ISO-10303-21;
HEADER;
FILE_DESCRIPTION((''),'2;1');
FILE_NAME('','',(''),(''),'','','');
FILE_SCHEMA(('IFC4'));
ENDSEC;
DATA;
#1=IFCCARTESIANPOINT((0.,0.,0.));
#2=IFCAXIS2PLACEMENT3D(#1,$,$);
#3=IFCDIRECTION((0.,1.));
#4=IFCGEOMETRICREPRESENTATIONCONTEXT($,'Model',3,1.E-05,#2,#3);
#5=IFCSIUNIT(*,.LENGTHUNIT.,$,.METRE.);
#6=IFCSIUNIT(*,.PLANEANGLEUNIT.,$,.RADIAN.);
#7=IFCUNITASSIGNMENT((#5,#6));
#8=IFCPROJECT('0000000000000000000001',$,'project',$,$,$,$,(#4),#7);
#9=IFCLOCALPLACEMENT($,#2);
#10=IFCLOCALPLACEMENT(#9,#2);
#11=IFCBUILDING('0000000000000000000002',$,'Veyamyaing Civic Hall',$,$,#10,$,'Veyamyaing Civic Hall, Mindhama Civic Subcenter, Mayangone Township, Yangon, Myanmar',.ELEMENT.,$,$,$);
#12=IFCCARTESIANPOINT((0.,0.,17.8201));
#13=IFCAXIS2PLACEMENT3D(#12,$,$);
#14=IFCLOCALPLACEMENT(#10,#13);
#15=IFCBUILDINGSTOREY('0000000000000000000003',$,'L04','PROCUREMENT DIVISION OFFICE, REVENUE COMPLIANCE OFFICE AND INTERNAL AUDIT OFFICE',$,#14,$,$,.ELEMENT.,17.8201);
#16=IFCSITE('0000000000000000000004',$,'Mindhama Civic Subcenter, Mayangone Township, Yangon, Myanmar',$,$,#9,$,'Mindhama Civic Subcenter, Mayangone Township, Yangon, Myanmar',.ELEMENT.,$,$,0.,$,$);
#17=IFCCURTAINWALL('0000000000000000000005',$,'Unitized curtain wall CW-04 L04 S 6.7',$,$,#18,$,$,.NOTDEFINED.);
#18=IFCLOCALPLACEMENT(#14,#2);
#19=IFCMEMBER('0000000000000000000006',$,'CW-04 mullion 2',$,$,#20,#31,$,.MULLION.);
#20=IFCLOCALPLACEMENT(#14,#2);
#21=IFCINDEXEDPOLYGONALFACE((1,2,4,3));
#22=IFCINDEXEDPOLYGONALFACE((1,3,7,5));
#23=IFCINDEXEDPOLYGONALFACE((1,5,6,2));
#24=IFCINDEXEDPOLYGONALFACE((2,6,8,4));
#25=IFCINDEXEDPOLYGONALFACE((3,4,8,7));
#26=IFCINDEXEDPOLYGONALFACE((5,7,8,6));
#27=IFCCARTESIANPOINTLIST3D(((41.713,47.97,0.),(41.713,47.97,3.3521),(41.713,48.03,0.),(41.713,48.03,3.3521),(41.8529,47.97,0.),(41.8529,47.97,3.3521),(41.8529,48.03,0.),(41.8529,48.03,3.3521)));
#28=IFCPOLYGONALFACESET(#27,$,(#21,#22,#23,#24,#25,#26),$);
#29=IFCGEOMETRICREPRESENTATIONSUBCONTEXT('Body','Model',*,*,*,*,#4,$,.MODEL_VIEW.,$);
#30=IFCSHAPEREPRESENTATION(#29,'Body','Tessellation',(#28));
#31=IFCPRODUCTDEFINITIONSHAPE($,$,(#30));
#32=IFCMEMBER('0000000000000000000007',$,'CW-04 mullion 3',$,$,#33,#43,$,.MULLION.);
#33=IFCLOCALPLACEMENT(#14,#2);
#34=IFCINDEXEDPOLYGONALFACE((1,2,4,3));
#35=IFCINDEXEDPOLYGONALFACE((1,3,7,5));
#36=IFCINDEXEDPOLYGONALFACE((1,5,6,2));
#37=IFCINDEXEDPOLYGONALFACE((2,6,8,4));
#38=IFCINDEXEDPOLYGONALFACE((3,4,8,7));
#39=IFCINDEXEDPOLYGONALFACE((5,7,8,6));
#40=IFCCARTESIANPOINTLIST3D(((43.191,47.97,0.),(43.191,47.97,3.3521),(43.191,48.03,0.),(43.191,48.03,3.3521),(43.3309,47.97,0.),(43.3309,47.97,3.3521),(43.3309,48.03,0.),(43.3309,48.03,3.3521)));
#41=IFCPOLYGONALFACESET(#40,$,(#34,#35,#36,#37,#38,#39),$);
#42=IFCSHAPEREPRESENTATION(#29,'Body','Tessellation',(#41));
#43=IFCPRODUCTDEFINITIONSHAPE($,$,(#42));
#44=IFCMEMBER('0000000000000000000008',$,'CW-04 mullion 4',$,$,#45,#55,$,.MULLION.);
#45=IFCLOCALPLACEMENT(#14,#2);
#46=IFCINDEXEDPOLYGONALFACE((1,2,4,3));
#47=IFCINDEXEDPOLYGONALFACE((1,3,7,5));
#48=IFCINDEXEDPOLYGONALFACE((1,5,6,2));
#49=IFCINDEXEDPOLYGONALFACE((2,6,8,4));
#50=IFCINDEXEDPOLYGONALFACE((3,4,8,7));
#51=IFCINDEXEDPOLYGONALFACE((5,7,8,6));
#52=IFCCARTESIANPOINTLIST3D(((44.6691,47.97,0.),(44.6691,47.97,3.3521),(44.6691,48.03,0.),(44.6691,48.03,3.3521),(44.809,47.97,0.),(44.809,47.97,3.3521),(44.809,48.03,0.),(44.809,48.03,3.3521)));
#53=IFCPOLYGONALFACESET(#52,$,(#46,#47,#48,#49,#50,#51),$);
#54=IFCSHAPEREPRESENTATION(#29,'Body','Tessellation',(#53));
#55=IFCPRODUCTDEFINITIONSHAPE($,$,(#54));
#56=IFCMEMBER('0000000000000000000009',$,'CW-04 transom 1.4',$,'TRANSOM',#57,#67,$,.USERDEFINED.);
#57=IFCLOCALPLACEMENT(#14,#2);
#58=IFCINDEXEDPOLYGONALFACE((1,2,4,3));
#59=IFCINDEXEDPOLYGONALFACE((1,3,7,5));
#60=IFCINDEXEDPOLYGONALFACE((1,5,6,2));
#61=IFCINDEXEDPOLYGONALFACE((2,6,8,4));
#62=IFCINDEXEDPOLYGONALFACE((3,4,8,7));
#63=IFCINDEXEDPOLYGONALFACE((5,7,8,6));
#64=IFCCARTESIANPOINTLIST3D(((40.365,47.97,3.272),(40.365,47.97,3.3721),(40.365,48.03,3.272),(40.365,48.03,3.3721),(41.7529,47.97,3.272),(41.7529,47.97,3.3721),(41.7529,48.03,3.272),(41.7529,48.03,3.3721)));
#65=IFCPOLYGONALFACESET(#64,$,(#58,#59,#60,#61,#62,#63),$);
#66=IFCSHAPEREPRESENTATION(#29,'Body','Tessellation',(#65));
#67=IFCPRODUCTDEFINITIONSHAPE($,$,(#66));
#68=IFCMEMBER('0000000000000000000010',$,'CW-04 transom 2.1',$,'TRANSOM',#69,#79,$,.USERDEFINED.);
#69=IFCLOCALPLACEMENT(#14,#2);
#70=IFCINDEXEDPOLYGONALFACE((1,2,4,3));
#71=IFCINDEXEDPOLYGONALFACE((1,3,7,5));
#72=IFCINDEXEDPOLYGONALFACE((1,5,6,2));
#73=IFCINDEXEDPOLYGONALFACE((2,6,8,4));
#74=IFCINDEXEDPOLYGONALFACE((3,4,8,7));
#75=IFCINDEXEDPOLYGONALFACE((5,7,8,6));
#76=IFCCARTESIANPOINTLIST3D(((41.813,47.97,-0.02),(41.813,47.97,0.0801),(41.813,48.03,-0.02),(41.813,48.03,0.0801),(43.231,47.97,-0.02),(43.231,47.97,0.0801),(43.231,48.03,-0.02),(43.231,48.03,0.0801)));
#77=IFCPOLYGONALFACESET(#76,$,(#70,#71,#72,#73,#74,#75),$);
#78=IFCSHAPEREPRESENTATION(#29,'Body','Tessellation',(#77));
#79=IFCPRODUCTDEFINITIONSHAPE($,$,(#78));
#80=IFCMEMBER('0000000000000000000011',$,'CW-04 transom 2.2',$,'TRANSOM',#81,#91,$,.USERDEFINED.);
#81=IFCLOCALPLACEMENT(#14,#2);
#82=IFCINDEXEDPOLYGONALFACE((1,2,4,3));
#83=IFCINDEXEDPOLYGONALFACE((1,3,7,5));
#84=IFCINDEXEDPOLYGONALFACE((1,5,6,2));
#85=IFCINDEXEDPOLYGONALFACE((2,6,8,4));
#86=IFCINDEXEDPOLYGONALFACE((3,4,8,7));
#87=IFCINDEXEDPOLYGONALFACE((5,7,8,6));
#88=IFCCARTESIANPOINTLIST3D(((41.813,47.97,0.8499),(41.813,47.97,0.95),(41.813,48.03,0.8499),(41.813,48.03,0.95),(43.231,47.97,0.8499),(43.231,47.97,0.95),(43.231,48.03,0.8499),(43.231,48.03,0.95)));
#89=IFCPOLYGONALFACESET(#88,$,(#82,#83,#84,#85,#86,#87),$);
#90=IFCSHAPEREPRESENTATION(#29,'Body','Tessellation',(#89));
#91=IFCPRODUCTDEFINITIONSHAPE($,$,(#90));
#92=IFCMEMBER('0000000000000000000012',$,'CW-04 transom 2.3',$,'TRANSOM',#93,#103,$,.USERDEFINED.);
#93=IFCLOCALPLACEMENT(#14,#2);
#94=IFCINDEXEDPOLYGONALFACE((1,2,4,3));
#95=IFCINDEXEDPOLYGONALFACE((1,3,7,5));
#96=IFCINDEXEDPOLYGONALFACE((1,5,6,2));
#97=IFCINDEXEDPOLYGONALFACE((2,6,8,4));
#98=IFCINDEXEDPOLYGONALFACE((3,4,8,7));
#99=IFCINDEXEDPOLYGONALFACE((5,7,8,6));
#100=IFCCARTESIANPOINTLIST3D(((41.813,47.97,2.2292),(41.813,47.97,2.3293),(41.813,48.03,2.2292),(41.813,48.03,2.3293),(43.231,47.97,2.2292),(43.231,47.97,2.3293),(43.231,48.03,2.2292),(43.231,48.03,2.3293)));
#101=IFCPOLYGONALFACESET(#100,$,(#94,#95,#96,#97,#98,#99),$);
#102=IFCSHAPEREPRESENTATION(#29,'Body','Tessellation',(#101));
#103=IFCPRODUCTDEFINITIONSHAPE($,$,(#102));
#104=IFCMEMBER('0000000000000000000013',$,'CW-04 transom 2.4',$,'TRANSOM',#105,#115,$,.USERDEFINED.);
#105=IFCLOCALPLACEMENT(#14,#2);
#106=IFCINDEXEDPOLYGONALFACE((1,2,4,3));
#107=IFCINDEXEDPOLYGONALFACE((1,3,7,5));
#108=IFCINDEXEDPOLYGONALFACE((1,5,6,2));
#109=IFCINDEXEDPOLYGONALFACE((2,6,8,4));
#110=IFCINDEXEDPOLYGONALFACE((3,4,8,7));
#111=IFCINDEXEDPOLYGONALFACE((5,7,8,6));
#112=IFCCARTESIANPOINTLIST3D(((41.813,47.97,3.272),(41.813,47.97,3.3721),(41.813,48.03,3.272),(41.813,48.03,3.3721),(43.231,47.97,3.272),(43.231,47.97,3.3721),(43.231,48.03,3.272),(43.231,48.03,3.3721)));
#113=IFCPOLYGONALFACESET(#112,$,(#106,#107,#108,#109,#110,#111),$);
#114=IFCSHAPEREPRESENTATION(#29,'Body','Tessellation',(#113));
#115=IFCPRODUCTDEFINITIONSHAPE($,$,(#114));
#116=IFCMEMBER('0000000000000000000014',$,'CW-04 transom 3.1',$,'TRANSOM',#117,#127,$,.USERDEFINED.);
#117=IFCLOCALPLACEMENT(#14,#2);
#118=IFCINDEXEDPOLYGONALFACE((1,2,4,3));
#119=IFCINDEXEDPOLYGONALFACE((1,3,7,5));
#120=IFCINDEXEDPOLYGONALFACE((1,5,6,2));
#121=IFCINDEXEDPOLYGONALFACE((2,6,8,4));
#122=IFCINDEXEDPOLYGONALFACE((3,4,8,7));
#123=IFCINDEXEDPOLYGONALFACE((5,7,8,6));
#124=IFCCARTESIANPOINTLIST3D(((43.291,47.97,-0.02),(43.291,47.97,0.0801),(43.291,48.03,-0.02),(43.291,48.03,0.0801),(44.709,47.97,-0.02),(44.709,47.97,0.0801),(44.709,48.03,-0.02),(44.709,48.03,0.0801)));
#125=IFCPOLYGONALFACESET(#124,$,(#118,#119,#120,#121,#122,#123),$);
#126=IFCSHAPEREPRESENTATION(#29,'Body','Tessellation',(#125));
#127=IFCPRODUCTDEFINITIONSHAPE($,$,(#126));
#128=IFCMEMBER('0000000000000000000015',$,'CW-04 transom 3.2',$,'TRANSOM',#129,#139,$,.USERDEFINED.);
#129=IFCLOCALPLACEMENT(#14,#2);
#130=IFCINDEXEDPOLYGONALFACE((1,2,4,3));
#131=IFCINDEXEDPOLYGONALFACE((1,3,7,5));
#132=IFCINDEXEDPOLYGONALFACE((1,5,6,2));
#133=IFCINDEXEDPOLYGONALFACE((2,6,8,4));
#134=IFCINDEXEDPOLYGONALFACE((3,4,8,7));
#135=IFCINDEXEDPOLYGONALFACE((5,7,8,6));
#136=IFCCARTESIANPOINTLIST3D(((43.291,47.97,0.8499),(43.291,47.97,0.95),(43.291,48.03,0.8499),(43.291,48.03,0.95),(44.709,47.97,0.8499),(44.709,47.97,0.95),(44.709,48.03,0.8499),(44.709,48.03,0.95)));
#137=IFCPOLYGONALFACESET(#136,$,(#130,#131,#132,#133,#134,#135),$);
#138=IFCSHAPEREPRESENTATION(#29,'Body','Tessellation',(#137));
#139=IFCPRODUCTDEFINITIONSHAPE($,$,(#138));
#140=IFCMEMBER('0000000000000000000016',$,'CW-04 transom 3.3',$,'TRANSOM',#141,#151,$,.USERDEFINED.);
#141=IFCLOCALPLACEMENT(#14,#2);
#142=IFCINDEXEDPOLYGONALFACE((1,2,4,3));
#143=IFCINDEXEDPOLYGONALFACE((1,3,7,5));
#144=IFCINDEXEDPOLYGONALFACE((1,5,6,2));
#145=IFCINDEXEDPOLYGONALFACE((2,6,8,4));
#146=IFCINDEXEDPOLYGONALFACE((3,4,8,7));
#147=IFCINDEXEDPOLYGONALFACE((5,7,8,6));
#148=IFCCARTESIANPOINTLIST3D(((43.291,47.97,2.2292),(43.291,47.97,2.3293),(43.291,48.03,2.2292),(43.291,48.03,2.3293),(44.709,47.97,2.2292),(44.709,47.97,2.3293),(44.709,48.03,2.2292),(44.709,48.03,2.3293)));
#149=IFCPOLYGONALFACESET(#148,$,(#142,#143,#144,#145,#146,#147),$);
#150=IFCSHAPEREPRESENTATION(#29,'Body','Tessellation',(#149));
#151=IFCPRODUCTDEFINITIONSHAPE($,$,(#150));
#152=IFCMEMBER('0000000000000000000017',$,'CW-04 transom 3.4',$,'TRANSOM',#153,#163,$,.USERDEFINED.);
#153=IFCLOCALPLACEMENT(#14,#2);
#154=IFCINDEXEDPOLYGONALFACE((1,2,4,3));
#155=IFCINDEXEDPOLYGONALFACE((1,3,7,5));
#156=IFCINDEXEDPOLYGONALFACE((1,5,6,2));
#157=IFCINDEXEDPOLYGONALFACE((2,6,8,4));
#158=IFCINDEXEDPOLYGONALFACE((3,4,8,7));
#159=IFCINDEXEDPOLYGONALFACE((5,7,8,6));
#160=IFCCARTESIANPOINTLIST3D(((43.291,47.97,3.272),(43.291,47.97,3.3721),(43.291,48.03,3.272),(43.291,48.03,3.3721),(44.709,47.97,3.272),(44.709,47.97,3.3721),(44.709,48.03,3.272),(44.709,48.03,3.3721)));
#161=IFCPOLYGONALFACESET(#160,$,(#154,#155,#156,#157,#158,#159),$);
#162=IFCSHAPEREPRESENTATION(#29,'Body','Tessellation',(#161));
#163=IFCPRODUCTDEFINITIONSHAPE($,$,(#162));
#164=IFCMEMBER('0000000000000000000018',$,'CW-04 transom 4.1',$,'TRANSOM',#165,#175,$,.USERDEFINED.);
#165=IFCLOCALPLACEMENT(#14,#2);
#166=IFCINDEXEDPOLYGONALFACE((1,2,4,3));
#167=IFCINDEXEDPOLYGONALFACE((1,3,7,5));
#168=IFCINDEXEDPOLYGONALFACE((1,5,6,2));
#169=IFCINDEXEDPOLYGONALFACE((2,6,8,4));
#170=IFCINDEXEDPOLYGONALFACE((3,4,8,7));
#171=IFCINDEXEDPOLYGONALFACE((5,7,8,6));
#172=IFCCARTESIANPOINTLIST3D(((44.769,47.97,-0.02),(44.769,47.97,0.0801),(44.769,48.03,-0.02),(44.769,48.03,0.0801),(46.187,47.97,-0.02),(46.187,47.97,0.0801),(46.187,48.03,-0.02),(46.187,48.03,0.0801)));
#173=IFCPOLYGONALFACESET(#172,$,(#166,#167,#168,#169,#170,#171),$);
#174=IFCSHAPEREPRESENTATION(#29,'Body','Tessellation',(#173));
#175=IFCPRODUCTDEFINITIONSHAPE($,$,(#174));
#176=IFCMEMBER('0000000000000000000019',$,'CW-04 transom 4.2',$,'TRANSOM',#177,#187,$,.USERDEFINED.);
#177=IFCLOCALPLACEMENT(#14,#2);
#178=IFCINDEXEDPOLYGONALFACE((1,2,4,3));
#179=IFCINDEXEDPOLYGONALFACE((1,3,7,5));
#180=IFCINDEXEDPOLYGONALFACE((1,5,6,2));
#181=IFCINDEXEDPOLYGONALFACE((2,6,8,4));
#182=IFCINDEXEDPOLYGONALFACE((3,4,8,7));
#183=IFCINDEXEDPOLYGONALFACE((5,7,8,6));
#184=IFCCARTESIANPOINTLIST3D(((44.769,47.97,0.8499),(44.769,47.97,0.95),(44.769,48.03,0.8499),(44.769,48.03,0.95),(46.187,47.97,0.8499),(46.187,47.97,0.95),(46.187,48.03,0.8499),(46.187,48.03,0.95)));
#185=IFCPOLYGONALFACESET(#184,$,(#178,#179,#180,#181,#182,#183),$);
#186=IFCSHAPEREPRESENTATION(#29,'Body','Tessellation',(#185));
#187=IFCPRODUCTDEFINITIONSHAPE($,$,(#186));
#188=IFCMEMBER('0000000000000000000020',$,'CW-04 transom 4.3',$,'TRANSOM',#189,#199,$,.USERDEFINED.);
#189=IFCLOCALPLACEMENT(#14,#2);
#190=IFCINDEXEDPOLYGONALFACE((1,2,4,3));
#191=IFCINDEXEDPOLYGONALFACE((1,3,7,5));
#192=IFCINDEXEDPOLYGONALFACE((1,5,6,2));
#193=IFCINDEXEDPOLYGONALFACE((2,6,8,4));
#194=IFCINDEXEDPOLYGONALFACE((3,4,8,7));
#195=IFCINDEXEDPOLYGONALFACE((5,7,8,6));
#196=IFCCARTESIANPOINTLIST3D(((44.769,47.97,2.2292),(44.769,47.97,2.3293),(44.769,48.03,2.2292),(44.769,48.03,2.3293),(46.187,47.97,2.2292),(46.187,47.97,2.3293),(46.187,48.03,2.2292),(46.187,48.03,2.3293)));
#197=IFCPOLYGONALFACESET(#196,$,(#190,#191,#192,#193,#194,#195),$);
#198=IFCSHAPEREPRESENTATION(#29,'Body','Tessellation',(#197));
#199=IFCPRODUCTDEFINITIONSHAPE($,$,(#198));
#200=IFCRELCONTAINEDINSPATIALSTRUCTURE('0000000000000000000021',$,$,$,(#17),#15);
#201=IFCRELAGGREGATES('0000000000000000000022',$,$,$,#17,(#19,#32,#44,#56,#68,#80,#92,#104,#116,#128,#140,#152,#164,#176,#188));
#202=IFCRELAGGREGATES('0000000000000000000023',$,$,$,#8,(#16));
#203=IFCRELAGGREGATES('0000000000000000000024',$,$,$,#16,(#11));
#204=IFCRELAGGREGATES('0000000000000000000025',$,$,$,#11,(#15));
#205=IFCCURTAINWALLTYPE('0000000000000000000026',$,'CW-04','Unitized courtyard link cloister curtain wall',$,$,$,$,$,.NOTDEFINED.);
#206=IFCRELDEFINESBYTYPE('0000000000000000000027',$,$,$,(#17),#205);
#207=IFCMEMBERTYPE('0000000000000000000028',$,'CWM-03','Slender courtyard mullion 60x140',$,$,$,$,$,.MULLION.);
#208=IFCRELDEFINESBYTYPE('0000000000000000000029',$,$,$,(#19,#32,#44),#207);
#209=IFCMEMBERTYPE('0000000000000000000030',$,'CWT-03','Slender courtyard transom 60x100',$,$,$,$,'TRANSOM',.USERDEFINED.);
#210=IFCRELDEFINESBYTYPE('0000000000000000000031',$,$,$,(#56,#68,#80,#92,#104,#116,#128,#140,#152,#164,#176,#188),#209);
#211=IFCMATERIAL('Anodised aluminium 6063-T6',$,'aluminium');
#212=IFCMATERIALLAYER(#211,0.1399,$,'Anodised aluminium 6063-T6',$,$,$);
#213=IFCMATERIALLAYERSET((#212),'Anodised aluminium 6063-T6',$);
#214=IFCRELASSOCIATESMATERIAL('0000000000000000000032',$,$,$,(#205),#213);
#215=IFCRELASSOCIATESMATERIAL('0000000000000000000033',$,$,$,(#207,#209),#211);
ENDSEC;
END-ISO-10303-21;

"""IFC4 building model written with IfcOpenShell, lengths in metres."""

from ifc_helpers import new_model, si_unit, direction, frame, origin, origin_2d, place, context, subcontext, project, spatial, rectangle, extrude, material, layer, layer_set, material_profile, profile_set, type_object, element, aggregate, save


model = new_model("IFC4")

# Units and contexts
model_context = context("Model", 3, precision=1e-05, world=origin(), true_north=direction((0.0, 1.0)))
body_context = subcontext(model_context, "Body", "Model", "MODEL_VIEW")
ifc_project = project(units=[si_unit("LENGTHUNIT", "METRE"), si_unit("PLANEANGLEUNIT", "RADIAN")], contexts=[model_context])

# Site, building, storey
site_placement = place(None, origin())
site = spatial("IfcSite", under=ifc_project, at=site_placement, Name="Mindhama Civic Subcenter, Mayangone Township, Yangon, Myanmar", LongName="Mindhama Civic Subcenter, Mayangone Township, Yangon, Myanmar", CompositionType="ELEMENT", RefElevation=0.0)
building_placement = place(site_placement, origin())
building = spatial("IfcBuilding", under=site, at=building_placement, Name="Veyamyaing Civic Hall", LongName="Veyamyaing Civic Hall, Mindhama Civic Subcenter, Mayangone Township, Yangon, Myanmar", CompositionType="ELEMENT")
storey_placement = place(building_placement, frame((0.0, 0.0, 17.8201)))
storey = spatial("IfcBuildingStorey", under=building, at=storey_placement, Name="L04", Description="PROCUREMENT DIVISION OFFICE, REVENUE COMPLIANCE OFFICE AND INTERNAL AUDIT OFFICE", CompositionType="ELEMENT", Elevation=17.8201)

# Curtain wall, members
ifc_material_1 = material(Name="Anodised aluminium 6063-T6", Category="aluminium")
ifc_layer_1 = layer(ifc_material_1, 0.1399, Name="Anodised aluminium 6063-T6")
ifc_layer_set_1 = layer_set([ifc_layer_1], Name="Anodised aluminium 6063-T6")
curtain_wall_type = type_object("IfcCurtainWallType", Name="CW-04", Description="Unitized courtyard link cloister curtain wall", PredefinedType="NOTDEFINED", material=ifc_layer_set_1)
curtain_wall_placement = place(storey_placement, origin())
curtain_wall = element("IfcCurtainWall", 1, at=curtain_wall_placement, inside=storey, type_object=curtain_wall_type, Name="Unitized curtain wall CW-04 L04 S 6.7", PredefinedType="NOTDEFINED")
ifc_material_profile_1 = material_profile(ifc_material_1, rectangle(XDim=0.0601, YDim=0.1399, at=origin_2d()), Name="ALU-MUL-60X140")
ifc_profile_set_1 = profile_set([ifc_material_profile_1], Name="Anodised aluminium 6063-T6")
member_type_1 = type_object("IfcMemberType", Name="CWM-03", Description="Slender courtyard mullion 60x140", PredefinedType="MULLION", material=ifc_profile_set_1)
member_1_placement = place(storey_placement, frame((41.783, 48.0, 0.0), z_axis=(0.0, 0.0, 1.0), x_axis=(0.0, 1.0, 0.0)))
member_1 = element("IfcMember", 2, at=member_1_placement, type_object=member_type_1, Name="CW-04 mullion 2", PredefinedType="MULLION", context=body_context, shape_type="SweptSolid", body=[
    extrude(rectangle(XDim=0.0601, YDim=0.1399, at=origin_2d()), origin(), (0.0, 0.0, 1.0), 3.3521),
])
member_2_placement = place(storey_placement, frame((43.261, 48.0, 0.0), z_axis=(0.0, 0.0, 1.0), x_axis=(0.0, 1.0, 0.0)))
member_2 = element("IfcMember", 3, at=member_2_placement, type_object=member_type_1, Name="CW-04 mullion 3", PredefinedType="MULLION", context=body_context, shape_type="SweptSolid", body=[
    extrude(rectangle(XDim=0.0601, YDim=0.1399, at=origin_2d()), origin(), (0.0, 0.0, 1.0), 3.3521),
])
member_3_placement = place(storey_placement, frame((44.739, 48.0, 0.0), z_axis=(0.0, 0.0, 1.0), x_axis=(0.0, 1.0, 0.0)))
member_3 = element("IfcMember", 4, at=member_3_placement, type_object=member_type_1, Name="CW-04 mullion 4", PredefinedType="MULLION", context=body_context, shape_type="SweptSolid", body=[
    extrude(rectangle(XDim=0.0601, YDim=0.1399, at=origin_2d()), origin(), (0.0, 0.0, 1.0), 3.3521),
])
ifc_material_profile_2 = material_profile(ifc_material_1, rectangle(XDim=0.0601, YDim=0.1001, at=origin_2d()), Name="ALU-TRN-60X100")
ifc_profile_set_2 = profile_set([ifc_material_profile_2], Name="Anodised aluminium 6063-T6")
member_type_2 = type_object("IfcMemberType", Name="CWT-03", Description="Slender courtyard transom 60x100", ElementType="TRANSOM", PredefinedType="USERDEFINED", material=ifc_profile_set_2)
member_4_placement = place(storey_placement, frame((40.365, 48.0, 3.322), z_axis=(1.0, 0.0, 0.0), x_axis=(0.0, 1.0, 0.0)))
member_4 = element("IfcMember", 5, at=member_4_placement, type_object=member_type_2, Name="CW-04 transom 1.4", ObjectType="TRANSOM", PredefinedType="USERDEFINED", context=body_context, shape_type="SweptSolid", body=[
    extrude(rectangle(XDim=0.0601, YDim=0.1001, at=origin_2d()), origin(), (0.0, 0.0, 1.0), 1.3879),
])
member_5_placement = place(storey_placement, frame((41.813, 48.0, 0.03), z_axis=(1.0, 0.0, 0.0), x_axis=(0.0, 1.0, 0.0)))
member_5 = element("IfcMember", 6, at=member_5_placement, type_object=member_type_2, Name="CW-04 transom 2.1", ObjectType="TRANSOM", PredefinedType="USERDEFINED", context=body_context, shape_type="SweptSolid", body=[
    extrude(rectangle(XDim=0.0601, YDim=0.1001, at=origin_2d()), origin(), (0.0, 0.0, 1.0), 1.418),
])
member_6_placement = place(storey_placement, frame((41.813, 48.0, 0.8999), z_axis=(1.0, 0.0, 0.0), x_axis=(0.0, 1.0, 0.0)))
member_6 = element("IfcMember", 7, at=member_6_placement, type_object=member_type_2, Name="CW-04 transom 2.2", ObjectType="TRANSOM", PredefinedType="USERDEFINED", context=body_context, shape_type="SweptSolid", body=[
    extrude(rectangle(XDim=0.0601, YDim=0.1001, at=origin_2d()), origin(), (0.0, 0.0, 1.0), 1.418),
])
member_7_placement = place(storey_placement, frame((41.813, 48.0, 2.2793), z_axis=(1.0, 0.0, 0.0), x_axis=(0.0, 1.0, 0.0)))
member_7 = element("IfcMember", 8, at=member_7_placement, type_object=member_type_2, Name="CW-04 transom 2.3", ObjectType="TRANSOM", PredefinedType="USERDEFINED", context=body_context, shape_type="SweptSolid", body=[
    extrude(rectangle(XDim=0.0601, YDim=0.1001, at=origin_2d()), origin(), (0.0, 0.0, 1.0), 1.418),
])
member_8_placement = place(storey_placement, frame((41.813, 48.0, 3.322), z_axis=(1.0, 0.0, 0.0), x_axis=(0.0, 1.0, 0.0)))
member_8 = element("IfcMember", 9, at=member_8_placement, type_object=member_type_2, Name="CW-04 transom 2.4", ObjectType="TRANSOM", PredefinedType="USERDEFINED", context=body_context, shape_type="SweptSolid", body=[
    extrude(rectangle(XDim=0.0601, YDim=0.1001, at=origin_2d()), origin(), (0.0, 0.0, 1.0), 1.418),
])
member_9_placement = place(storey_placement, frame((43.291, 48.0, 0.03), z_axis=(1.0, 0.0, 0.0), x_axis=(0.0, 1.0, 0.0)))
member_9 = element("IfcMember", 10, at=member_9_placement, type_object=member_type_2, Name="CW-04 transom 3.1", ObjectType="TRANSOM", PredefinedType="USERDEFINED", context=body_context, shape_type="SweptSolid", body=[
    extrude(rectangle(XDim=0.0601, YDim=0.1001, at=origin_2d()), origin(), (0.0, 0.0, 1.0), 1.418),
])
member_10_placement = place(storey_placement, frame((43.291, 48.0, 0.8999), z_axis=(1.0, 0.0, 0.0), x_axis=(0.0, 1.0, 0.0)))
member_10 = element("IfcMember", 11, at=member_10_placement, type_object=member_type_2, Name="CW-04 transom 3.2", ObjectType="TRANSOM", PredefinedType="USERDEFINED", context=body_context, shape_type="SweptSolid", body=[
    extrude(rectangle(XDim=0.0601, YDim=0.1001, at=origin_2d()), origin(), (0.0, 0.0, 1.0), 1.418),
])
member_11_placement = place(storey_placement, frame((43.291, 48.0, 2.2793), z_axis=(1.0, 0.0, 0.0), x_axis=(0.0, 1.0, 0.0)))
member_11 = element("IfcMember", 12, at=member_11_placement, type_object=member_type_2, Name="CW-04 transom 3.3", ObjectType="TRANSOM", PredefinedType="USERDEFINED", context=body_context, shape_type="SweptSolid", body=[
    extrude(rectangle(XDim=0.0601, YDim=0.1001, at=origin_2d()), origin(), (0.0, 0.0, 1.0), 1.418),
])
member_12_placement = place(storey_placement, frame((43.291, 48.0, 3.322), z_axis=(1.0, 0.0, 0.0), x_axis=(0.0, 1.0, 0.0)))
member_12 = element("IfcMember", 13, at=member_12_placement, type_object=member_type_2, Name="CW-04 transom 3.4", ObjectType="TRANSOM", PredefinedType="USERDEFINED", context=body_context, shape_type="SweptSolid", body=[
    extrude(rectangle(XDim=0.0601, YDim=0.1001, at=origin_2d()), origin(), (0.0, 0.0, 1.0), 1.418),
])
member_13_placement = place(storey_placement, frame((44.769, 48.0, 0.03), z_axis=(1.0, 0.0, 0.0), x_axis=(0.0, 1.0, 0.0)))
member_13 = element("IfcMember", 14, at=member_13_placement, type_object=member_type_2, Name="CW-04 transom 4.1", ObjectType="TRANSOM", PredefinedType="USERDEFINED", context=body_context, shape_type="SweptSolid", body=[
    extrude(rectangle(XDim=0.0601, YDim=0.1001, at=origin_2d()), origin(), (0.0, 0.0, 1.0), 1.418),
])
member_14_placement = place(storey_placement, frame((44.769, 48.0, 0.8999), z_axis=(1.0, 0.0, 0.0), x_axis=(0.0, 1.0, 0.0)))
member_14 = element("IfcMember", 15, at=member_14_placement, type_object=member_type_2, Name="CW-04 transom 4.2", ObjectType="TRANSOM", PredefinedType="USERDEFINED", context=body_context, shape_type="SweptSolid", body=[
    extrude(rectangle(XDim=0.0601, YDim=0.1001, at=origin_2d()), origin(), (0.0, 0.0, 1.0), 1.418),
])
member_15_placement = place(storey_placement, frame((44.769, 48.0, 2.2793), z_axis=(1.0, 0.0, 0.0), x_axis=(0.0, 1.0, 0.0)))
member_15 = element("IfcMember", 16, at=member_15_placement, type_object=member_type_2, Name="CW-04 transom 4.3", ObjectType="TRANSOM", PredefinedType="USERDEFINED", context=body_context, shape_type="SweptSolid", body=[
    extrude(rectangle(XDim=0.0601, YDim=0.1001, at=origin_2d()), origin(), (0.0, 0.0, 1.0), 1.418),
])
aggregate(curtain_wall, [member_1, member_2, member_3, member_4, member_5, member_6, member_7, member_8, member_9, member_10, member_11, member_12, member_13, member_14, member_15])

save(model, "model.ifc")
